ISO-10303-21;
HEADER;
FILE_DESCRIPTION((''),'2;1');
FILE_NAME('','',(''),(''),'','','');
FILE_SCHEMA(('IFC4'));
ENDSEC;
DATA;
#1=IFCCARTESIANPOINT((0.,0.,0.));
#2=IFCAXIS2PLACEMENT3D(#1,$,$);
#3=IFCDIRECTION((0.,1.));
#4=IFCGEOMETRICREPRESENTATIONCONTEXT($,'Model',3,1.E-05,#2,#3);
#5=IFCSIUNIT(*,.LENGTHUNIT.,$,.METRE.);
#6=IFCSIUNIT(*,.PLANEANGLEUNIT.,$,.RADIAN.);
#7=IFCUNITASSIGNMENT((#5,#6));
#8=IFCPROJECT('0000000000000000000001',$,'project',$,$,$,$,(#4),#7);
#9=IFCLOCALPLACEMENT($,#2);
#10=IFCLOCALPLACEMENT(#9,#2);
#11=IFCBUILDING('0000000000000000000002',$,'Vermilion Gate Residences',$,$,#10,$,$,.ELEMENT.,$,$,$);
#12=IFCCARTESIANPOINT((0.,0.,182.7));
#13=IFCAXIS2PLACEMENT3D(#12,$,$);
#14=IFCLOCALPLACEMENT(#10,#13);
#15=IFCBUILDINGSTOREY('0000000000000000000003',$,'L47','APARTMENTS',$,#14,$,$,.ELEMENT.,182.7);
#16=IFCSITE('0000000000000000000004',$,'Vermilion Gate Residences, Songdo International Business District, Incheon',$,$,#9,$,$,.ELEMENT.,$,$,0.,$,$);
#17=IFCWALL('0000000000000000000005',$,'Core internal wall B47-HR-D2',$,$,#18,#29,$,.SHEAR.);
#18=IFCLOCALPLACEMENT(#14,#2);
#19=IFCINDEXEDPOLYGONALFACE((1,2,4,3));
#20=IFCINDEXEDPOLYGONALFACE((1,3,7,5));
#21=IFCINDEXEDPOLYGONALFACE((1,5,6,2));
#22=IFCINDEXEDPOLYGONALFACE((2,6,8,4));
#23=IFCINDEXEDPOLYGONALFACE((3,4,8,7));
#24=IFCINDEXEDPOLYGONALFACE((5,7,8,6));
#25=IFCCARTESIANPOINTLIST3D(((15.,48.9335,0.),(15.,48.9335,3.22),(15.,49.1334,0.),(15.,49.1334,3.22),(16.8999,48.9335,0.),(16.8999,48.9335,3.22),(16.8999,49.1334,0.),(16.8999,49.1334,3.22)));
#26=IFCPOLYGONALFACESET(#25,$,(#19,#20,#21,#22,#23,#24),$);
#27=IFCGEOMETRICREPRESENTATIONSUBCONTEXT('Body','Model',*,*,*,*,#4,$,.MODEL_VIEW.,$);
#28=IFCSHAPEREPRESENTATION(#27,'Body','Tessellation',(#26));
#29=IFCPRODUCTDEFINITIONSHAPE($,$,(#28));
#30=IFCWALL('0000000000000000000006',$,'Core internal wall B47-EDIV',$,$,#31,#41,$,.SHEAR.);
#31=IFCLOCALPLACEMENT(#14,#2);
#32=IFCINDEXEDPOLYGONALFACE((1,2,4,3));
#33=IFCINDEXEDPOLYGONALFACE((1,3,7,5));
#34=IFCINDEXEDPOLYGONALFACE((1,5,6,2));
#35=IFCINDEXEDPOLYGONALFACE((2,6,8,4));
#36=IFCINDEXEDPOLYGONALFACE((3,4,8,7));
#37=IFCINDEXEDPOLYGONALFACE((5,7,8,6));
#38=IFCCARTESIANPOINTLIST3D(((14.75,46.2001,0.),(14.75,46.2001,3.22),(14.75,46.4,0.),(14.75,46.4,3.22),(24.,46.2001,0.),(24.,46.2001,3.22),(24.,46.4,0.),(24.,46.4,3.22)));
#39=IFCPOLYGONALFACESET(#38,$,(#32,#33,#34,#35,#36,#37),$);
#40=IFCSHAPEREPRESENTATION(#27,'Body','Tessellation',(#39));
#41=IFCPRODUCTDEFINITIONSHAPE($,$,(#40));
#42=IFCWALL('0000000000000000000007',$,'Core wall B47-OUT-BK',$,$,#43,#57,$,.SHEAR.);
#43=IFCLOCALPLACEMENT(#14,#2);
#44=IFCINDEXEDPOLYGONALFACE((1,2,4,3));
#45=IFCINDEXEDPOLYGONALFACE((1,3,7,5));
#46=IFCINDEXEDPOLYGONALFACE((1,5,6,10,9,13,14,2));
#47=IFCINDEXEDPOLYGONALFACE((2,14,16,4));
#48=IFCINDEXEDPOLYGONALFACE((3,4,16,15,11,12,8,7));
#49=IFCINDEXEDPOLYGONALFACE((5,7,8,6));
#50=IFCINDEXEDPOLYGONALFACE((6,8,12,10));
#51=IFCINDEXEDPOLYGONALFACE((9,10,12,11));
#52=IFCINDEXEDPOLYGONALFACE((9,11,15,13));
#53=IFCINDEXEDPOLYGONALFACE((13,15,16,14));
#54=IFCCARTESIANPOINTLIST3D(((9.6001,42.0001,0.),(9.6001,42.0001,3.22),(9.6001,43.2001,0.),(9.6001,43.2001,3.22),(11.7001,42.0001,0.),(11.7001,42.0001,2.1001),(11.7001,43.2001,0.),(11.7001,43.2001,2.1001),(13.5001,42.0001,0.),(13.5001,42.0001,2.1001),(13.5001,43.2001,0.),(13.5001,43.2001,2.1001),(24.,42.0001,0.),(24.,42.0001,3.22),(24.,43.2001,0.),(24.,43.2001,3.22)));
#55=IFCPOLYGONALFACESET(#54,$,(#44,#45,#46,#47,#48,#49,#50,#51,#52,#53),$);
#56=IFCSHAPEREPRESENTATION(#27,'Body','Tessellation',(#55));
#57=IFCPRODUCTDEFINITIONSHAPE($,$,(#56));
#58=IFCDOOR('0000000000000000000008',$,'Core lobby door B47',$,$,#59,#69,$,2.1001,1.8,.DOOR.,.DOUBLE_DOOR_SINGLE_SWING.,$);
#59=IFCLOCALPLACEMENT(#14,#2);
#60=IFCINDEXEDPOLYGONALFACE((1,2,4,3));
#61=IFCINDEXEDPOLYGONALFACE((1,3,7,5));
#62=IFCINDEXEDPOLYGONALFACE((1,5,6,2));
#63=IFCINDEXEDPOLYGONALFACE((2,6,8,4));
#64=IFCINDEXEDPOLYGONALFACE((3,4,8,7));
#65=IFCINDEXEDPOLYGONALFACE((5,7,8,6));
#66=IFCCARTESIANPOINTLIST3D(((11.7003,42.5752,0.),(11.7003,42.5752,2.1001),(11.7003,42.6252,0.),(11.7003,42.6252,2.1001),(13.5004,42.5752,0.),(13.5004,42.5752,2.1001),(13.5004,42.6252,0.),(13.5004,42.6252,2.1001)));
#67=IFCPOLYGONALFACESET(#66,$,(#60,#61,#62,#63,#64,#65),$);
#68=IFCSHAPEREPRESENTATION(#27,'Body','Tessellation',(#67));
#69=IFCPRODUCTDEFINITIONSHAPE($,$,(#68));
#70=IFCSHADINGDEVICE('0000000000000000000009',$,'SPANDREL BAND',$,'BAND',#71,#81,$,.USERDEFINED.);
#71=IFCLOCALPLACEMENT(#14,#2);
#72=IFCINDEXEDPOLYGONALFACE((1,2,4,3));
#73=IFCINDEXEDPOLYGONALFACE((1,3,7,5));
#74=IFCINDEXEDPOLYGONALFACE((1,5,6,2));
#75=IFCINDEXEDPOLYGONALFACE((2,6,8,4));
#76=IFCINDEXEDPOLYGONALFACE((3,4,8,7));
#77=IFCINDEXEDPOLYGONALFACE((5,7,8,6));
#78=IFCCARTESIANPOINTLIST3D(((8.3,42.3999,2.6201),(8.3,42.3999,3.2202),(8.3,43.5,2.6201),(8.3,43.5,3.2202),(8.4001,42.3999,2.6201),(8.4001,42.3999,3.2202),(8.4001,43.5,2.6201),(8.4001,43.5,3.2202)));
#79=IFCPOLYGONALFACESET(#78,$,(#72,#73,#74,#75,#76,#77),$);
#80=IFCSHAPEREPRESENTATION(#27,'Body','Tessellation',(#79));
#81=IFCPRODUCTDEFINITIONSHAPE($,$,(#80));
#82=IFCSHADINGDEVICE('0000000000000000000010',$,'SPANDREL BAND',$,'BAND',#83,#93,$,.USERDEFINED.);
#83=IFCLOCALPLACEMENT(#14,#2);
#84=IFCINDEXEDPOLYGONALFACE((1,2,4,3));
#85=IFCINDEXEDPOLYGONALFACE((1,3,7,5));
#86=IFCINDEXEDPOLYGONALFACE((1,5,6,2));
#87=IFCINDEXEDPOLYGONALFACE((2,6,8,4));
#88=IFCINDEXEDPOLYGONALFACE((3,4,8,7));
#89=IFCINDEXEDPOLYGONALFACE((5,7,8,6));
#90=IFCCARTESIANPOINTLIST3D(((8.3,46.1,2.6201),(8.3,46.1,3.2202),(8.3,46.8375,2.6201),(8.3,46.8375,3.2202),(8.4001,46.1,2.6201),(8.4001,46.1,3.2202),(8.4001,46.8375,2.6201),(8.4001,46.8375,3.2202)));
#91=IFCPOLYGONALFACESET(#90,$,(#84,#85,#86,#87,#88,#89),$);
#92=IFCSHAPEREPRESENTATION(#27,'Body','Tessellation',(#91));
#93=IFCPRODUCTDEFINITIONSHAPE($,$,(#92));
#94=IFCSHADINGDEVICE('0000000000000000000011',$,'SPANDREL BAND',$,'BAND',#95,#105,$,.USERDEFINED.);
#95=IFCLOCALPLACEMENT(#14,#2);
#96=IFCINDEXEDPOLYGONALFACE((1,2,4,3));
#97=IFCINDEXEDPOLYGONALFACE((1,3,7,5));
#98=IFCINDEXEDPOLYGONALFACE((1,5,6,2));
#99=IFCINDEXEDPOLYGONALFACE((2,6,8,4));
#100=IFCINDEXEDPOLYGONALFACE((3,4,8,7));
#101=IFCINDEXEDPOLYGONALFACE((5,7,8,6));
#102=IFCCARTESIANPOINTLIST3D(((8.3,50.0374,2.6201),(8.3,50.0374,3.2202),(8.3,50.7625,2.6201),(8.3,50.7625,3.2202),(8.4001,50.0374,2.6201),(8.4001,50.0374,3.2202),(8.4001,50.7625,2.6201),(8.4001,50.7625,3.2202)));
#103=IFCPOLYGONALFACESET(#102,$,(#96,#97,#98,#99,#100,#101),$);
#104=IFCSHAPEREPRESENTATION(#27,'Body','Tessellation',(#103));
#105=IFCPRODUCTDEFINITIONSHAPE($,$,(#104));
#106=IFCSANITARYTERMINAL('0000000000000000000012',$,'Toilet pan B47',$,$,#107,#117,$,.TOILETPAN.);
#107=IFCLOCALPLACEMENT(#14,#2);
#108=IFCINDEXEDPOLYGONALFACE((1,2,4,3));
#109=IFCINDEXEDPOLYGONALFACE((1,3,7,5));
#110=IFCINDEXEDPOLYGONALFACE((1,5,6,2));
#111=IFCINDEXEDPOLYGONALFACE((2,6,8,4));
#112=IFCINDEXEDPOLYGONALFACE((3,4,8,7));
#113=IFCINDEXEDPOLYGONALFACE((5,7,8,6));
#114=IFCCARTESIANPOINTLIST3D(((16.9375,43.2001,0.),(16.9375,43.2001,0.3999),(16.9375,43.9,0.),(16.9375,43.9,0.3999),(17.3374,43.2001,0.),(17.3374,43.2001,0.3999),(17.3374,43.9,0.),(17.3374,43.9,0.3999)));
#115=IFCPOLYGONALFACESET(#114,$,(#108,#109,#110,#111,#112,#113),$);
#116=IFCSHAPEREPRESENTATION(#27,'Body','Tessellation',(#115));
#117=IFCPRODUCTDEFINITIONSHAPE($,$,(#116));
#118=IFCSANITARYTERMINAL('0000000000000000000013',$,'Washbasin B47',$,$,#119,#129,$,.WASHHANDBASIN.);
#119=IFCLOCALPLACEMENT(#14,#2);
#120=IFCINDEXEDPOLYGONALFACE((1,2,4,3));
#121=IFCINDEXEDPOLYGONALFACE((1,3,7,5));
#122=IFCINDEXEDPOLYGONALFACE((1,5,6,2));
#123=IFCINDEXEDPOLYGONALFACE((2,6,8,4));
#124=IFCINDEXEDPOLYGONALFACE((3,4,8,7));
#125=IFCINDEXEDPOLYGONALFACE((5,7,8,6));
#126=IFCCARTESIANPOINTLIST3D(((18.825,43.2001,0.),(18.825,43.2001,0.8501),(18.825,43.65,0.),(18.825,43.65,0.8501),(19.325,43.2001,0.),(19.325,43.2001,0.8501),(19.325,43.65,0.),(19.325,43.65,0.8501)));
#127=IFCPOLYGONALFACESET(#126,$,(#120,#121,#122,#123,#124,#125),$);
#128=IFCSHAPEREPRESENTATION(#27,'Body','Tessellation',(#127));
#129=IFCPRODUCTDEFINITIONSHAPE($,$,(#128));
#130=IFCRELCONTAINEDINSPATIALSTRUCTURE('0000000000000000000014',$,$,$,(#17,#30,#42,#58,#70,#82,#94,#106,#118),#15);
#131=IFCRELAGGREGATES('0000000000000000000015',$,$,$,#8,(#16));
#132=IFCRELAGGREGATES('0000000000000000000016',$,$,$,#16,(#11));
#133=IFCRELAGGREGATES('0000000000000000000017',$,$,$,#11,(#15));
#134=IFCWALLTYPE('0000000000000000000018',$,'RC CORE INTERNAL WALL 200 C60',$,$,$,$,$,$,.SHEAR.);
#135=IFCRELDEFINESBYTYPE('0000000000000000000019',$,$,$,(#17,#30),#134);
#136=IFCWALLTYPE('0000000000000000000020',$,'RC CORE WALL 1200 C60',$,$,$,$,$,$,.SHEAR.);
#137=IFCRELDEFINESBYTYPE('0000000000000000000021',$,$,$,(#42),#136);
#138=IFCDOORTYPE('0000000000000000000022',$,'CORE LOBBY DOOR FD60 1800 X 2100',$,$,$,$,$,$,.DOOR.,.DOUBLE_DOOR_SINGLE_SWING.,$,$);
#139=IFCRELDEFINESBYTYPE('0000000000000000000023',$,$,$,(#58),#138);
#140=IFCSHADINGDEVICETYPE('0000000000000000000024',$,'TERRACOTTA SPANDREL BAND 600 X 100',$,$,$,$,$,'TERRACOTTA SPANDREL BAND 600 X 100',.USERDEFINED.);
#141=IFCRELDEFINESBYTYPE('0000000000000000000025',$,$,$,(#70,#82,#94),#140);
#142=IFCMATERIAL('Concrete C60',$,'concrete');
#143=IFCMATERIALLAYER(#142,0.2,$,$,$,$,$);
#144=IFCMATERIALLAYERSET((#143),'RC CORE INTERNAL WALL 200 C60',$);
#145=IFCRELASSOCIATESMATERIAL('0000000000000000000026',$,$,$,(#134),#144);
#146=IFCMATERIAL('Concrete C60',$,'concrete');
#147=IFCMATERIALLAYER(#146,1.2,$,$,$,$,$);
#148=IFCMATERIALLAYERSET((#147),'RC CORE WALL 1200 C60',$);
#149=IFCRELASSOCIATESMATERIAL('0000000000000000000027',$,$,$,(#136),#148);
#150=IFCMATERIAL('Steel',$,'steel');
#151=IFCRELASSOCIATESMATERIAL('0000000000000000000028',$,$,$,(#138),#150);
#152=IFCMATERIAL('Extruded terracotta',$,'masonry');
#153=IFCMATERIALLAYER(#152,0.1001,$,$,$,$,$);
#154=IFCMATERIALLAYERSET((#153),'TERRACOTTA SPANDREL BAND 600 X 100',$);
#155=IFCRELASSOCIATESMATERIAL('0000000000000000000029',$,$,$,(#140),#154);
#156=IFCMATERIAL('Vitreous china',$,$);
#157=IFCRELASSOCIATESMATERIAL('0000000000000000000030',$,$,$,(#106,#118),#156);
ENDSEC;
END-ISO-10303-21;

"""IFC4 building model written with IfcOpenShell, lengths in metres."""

from ifc_helpers import new_model, si_unit, direction, frame, frame_2d, origin, origin_2d, place, context, subcontext, project, spatial, rectangle, extrude, material, layer, layer_set, type_object, element, fill, save


model = new_model("IFC4")

# Units and contexts
model_context = context("Model", 3, precision=1e-05, world=origin(), true_north=direction((0.0, 1.0)))
body_context = subcontext(model_context, "Body", "Model", "MODEL_VIEW")
ifc_project = project(units=[si_unit("LENGTHUNIT", "METRE"), si_unit("PLANEANGLEUNIT", "RADIAN")], contexts=[model_context])

# Site, building, storey
site_placement = place(None, origin())
site = spatial("IfcSite", under=ifc_project, at=site_placement, Name="Vermilion Gate Residences, Songdo International Business District, Incheon", CompositionType="ELEMENT", RefElevation=0.0)
building_placement = place(site_placement, origin())
building = spatial("IfcBuilding", under=site, at=building_placement, Name="Vermilion Gate Residences", CompositionType="ELEMENT")
storey_placement = place(building_placement, frame((0.0, 0.0, 182.7)))
storey = spatial("IfcBuildingStorey", under=building, at=storey_placement, Name="L47", Description="APARTMENTS", CompositionType="ELEMENT", Elevation=182.7)

# Walls
ifc_material_1 = material(Name="Concrete C60", Category="concrete")
ifc_layer_1 = layer(ifc_material_1, 0.2)
ifc_layer_set_1 = layer_set([ifc_layer_1], Name="RC CORE INTERNAL WALL 200 C60")
wall_type_1 = type_object("IfcWallType", Name="RC CORE INTERNAL WALL 200 C60", PredefinedType="SHEAR", material=ifc_layer_set_1)
for number, where, z_axis, x_axis, name in (
    (1, (15.0, 49.0334, 0.0), (0.0, 0.0, 1.0), (1.0, 0.0, 0.0), "Core internal wall B47-HR-D2"),
):
    element("IfcWall", number, at=place(storey_placement, frame(where, z_axis=z_axis, x_axis=x_axis)), inside=storey, type_object=wall_type_1, Name=name, PredefinedType="SHEAR", context=body_context, shape_type="SweptSolid", body=[
        extrude(rectangle(XDim=1.8999, YDim=0.2, at=frame_2d((0.95, 0.0))), origin(), (0.0, 0.0, 1.0), 3.22),
    ])
wall_1_placement = place(storey_placement, frame((14.75, 46.3, 0.0), z_axis=(0.0, 0.0, 1.0), x_axis=(1.0, 0.0, 0.0)))
element("IfcWall", 2, at=wall_1_placement, inside=storey, type_object=wall_type_1, Name="Core internal wall B47-EDIV", PredefinedType="SHEAR", context=body_context, shape_type="SweptSolid", body=[
    extrude(rectangle(XDim=9.25, YDim=0.2, at=frame_2d((4.625, 0.0))), origin(), (0.0, 0.0, 1.0), 3.22),
])

# Wall, opening, door
ifc_material_2 = material(Name="Concrete C60", Category="concrete")
ifc_layer_2 = layer(ifc_material_2, 1.2)
ifc_layer_set_2 = layer_set([ifc_layer_2], Name="RC CORE WALL 1200 C60")
wall_type_2 = type_object("IfcWallType", Name="RC CORE WALL 1200 C60", PredefinedType="SHEAR", material=ifc_layer_set_2)
wall_2_placement = place(storey_placement, frame((9.6001, 42.6001, 0.0), z_axis=(0.0, 0.0, 1.0), x_axis=(1.0, 0.0, 0.0)))
wall_2 = element("IfcWall", 3, at=wall_2_placement, inside=storey, type_object=wall_type_2, Name="Core wall B47-OUT-BK", PredefinedType="SHEAR", context=body_context, shape_type="SweptSolid", body=[
    extrude(rectangle(XDim=14.3999, YDim=1.2, at=frame_2d((7.2, 0.0))), origin(), (0.0, 0.0, 1.0), 3.22),
])
opening_1_placement = place(wall_2_placement, frame((2.1001, 0.0, 0.0)))
opening_1 = element("IfcOpeningElement", 4, at=opening_1_placement, cuts=wall_2, PredefinedType="OPENING", context=body_context, shape_type="SweptSolid", body=[
    extrude(rectangle(XDim=1.8, YDim=2.1001, at=frame_2d((0.8999, 1.05))), frame((0.0, 0.6099, 0.0), z_axis=(0.0, -1.0, 0.0), x_axis=(1.0, 0.0, 0.0)), (0.0, 0.0, 1.0), 1.22),
])
ifc_material_3 = material(Name="Steel", Category="steel")
door_type_1 = type_object("IfcDoorType", Name="CORE LOBBY DOOR FD60 1800 X 2100", OperationType="DOUBLE_DOOR_SINGLE_SWING", PredefinedType="DOOR", material=ifc_material_3)
door_1_placement = place(opening_1_placement, frame((1.8, 0.0, 0.0), z_axis=(0.0, 0.0, 1.0), x_axis=(-1.0, 0.0, 0.0)))
door_1 = element("IfcDoor", 5, at=door_1_placement, inside=storey, type_object=door_type_1, Name="Core lobby door B47", OperationType="DOUBLE_DOOR_SINGLE_SWING", OverallHeight=2.1001, OverallWidth=1.8, PredefinedType="DOOR", context=body_context, shape_type="SweptSolid", body=[
    extrude(rectangle(XDim=1.8, YDim=2.1001, at=frame_2d((0.8999, 1.05))), frame((0.0, 0.0249, 0.0), z_axis=(0.0, -1.0, 0.0), x_axis=(1.0, 0.0, 0.0)), (0.0, 0.0, 1.0), 0.05),
])
fill(opening_1, door_1)

# Shading devices
ifc_material_4 = material(Name="Extruded terracotta", Category="masonry")
ifc_layer_3 = layer(ifc_material_4, 0.1001)
ifc_layer_set_3 = layer_set([ifc_layer_3], Name="TERRACOTTA SPANDREL BAND 600 X 100")
shading_device_type = type_object("IfcShadingDeviceType", Name="TERRACOTTA SPANDREL BAND 600 X 100", ElementType="TERRACOTTA SPANDREL BAND 600 X 100", PredefinedType="USERDEFINED", material=ifc_layer_set_3)
shading_device_1_placement = place(storey_placement, frame((8.3501, 42.95, 2.6201), z_axis=(0.0, 0.0, 1.0), x_axis=(0.0, 1.0, 0.0)))
element("IfcShadingDevice", 6, at=shading_device_1_placement, inside=storey, type_object=shading_device_type, Name="SPANDREL BAND", ObjectType="BAND", PredefinedType="USERDEFINED", context=body_context, shape_type="SweptSolid", body=[
    extrude(rectangle(XDim=1.1001, YDim=0.1001, at=origin_2d()), origin(), (0.0, 0.0, 1.0), 0.6001),
])
shading_device_2_placement = place(storey_placement, frame((8.3501, 46.4688, 2.6201), z_axis=(0.0, 0.0, 1.0), x_axis=(0.0, 1.0, 0.0)))
element("IfcShadingDevice", 7, at=shading_device_2_placement, inside=storey, type_object=shading_device_type, Name="SPANDREL BAND", ObjectType="BAND", PredefinedType="USERDEFINED", context=body_context, shape_type="SweptSolid", body=[
    extrude(rectangle(XDim=0.7375, YDim=0.1001, at=origin_2d()), origin(), (0.0, 0.0, 1.0), 0.6001),
])
shading_device_3_placement = place(storey_placement, frame((8.3501, 50.3999, 2.6201), z_axis=(0.0, 0.0, 1.0), x_axis=(0.0, 1.0, 0.0)))
element("IfcShadingDevice", 8, at=shading_device_3_placement, inside=storey, type_object=shading_device_type, Name="SPANDREL BAND", ObjectType="BAND", PredefinedType="USERDEFINED", context=body_context, shape_type="SweptSolid", body=[
    extrude(rectangle(XDim=0.7251, YDim=0.1001, at=origin_2d()), origin(), (0.0, 0.0, 1.0), 0.6001),
])

# Sanitary terminals
ifc_material_5 = material(Name="Vitreous china")
sanitary_terminal_1_placement = place(storey_placement, frame((17.1375, 43.55, 0.0), z_axis=(0.0, 0.0, 1.0), x_axis=(1.0, 0.0, 0.0)))
element("IfcSanitaryTerminal", 9, at=sanitary_terminal_1_placement, inside=storey, material=ifc_material_5, Name="Toilet pan B47", PredefinedType="TOILETPAN", context=body_context, shape_type="SweptSolid", body=[
    extrude(rectangle(XDim=0.3999, YDim=0.7, at=origin_2d()), origin(), (0.0, 0.0, 1.0), 0.3999),
])
sanitary_terminal_2_placement = place(storey_placement, frame((19.075, 43.425, 0.0), z_axis=(0.0, 0.0, 1.0), x_axis=(1.0, 0.0, 0.0)))
element("IfcSanitaryTerminal", 10, at=sanitary_terminal_2_placement, inside=storey, material=ifc_material_5, Name="Washbasin B47", PredefinedType="WASHHANDBASIN", context=body_context, shape_type="SweptSolid", body=[
    extrude(rectangle(XDim=0.5, YDim=0.45, at=origin_2d()), origin(), (0.0, 0.0, 1.0), 0.8501),
])

save(model, "model.ifc")
